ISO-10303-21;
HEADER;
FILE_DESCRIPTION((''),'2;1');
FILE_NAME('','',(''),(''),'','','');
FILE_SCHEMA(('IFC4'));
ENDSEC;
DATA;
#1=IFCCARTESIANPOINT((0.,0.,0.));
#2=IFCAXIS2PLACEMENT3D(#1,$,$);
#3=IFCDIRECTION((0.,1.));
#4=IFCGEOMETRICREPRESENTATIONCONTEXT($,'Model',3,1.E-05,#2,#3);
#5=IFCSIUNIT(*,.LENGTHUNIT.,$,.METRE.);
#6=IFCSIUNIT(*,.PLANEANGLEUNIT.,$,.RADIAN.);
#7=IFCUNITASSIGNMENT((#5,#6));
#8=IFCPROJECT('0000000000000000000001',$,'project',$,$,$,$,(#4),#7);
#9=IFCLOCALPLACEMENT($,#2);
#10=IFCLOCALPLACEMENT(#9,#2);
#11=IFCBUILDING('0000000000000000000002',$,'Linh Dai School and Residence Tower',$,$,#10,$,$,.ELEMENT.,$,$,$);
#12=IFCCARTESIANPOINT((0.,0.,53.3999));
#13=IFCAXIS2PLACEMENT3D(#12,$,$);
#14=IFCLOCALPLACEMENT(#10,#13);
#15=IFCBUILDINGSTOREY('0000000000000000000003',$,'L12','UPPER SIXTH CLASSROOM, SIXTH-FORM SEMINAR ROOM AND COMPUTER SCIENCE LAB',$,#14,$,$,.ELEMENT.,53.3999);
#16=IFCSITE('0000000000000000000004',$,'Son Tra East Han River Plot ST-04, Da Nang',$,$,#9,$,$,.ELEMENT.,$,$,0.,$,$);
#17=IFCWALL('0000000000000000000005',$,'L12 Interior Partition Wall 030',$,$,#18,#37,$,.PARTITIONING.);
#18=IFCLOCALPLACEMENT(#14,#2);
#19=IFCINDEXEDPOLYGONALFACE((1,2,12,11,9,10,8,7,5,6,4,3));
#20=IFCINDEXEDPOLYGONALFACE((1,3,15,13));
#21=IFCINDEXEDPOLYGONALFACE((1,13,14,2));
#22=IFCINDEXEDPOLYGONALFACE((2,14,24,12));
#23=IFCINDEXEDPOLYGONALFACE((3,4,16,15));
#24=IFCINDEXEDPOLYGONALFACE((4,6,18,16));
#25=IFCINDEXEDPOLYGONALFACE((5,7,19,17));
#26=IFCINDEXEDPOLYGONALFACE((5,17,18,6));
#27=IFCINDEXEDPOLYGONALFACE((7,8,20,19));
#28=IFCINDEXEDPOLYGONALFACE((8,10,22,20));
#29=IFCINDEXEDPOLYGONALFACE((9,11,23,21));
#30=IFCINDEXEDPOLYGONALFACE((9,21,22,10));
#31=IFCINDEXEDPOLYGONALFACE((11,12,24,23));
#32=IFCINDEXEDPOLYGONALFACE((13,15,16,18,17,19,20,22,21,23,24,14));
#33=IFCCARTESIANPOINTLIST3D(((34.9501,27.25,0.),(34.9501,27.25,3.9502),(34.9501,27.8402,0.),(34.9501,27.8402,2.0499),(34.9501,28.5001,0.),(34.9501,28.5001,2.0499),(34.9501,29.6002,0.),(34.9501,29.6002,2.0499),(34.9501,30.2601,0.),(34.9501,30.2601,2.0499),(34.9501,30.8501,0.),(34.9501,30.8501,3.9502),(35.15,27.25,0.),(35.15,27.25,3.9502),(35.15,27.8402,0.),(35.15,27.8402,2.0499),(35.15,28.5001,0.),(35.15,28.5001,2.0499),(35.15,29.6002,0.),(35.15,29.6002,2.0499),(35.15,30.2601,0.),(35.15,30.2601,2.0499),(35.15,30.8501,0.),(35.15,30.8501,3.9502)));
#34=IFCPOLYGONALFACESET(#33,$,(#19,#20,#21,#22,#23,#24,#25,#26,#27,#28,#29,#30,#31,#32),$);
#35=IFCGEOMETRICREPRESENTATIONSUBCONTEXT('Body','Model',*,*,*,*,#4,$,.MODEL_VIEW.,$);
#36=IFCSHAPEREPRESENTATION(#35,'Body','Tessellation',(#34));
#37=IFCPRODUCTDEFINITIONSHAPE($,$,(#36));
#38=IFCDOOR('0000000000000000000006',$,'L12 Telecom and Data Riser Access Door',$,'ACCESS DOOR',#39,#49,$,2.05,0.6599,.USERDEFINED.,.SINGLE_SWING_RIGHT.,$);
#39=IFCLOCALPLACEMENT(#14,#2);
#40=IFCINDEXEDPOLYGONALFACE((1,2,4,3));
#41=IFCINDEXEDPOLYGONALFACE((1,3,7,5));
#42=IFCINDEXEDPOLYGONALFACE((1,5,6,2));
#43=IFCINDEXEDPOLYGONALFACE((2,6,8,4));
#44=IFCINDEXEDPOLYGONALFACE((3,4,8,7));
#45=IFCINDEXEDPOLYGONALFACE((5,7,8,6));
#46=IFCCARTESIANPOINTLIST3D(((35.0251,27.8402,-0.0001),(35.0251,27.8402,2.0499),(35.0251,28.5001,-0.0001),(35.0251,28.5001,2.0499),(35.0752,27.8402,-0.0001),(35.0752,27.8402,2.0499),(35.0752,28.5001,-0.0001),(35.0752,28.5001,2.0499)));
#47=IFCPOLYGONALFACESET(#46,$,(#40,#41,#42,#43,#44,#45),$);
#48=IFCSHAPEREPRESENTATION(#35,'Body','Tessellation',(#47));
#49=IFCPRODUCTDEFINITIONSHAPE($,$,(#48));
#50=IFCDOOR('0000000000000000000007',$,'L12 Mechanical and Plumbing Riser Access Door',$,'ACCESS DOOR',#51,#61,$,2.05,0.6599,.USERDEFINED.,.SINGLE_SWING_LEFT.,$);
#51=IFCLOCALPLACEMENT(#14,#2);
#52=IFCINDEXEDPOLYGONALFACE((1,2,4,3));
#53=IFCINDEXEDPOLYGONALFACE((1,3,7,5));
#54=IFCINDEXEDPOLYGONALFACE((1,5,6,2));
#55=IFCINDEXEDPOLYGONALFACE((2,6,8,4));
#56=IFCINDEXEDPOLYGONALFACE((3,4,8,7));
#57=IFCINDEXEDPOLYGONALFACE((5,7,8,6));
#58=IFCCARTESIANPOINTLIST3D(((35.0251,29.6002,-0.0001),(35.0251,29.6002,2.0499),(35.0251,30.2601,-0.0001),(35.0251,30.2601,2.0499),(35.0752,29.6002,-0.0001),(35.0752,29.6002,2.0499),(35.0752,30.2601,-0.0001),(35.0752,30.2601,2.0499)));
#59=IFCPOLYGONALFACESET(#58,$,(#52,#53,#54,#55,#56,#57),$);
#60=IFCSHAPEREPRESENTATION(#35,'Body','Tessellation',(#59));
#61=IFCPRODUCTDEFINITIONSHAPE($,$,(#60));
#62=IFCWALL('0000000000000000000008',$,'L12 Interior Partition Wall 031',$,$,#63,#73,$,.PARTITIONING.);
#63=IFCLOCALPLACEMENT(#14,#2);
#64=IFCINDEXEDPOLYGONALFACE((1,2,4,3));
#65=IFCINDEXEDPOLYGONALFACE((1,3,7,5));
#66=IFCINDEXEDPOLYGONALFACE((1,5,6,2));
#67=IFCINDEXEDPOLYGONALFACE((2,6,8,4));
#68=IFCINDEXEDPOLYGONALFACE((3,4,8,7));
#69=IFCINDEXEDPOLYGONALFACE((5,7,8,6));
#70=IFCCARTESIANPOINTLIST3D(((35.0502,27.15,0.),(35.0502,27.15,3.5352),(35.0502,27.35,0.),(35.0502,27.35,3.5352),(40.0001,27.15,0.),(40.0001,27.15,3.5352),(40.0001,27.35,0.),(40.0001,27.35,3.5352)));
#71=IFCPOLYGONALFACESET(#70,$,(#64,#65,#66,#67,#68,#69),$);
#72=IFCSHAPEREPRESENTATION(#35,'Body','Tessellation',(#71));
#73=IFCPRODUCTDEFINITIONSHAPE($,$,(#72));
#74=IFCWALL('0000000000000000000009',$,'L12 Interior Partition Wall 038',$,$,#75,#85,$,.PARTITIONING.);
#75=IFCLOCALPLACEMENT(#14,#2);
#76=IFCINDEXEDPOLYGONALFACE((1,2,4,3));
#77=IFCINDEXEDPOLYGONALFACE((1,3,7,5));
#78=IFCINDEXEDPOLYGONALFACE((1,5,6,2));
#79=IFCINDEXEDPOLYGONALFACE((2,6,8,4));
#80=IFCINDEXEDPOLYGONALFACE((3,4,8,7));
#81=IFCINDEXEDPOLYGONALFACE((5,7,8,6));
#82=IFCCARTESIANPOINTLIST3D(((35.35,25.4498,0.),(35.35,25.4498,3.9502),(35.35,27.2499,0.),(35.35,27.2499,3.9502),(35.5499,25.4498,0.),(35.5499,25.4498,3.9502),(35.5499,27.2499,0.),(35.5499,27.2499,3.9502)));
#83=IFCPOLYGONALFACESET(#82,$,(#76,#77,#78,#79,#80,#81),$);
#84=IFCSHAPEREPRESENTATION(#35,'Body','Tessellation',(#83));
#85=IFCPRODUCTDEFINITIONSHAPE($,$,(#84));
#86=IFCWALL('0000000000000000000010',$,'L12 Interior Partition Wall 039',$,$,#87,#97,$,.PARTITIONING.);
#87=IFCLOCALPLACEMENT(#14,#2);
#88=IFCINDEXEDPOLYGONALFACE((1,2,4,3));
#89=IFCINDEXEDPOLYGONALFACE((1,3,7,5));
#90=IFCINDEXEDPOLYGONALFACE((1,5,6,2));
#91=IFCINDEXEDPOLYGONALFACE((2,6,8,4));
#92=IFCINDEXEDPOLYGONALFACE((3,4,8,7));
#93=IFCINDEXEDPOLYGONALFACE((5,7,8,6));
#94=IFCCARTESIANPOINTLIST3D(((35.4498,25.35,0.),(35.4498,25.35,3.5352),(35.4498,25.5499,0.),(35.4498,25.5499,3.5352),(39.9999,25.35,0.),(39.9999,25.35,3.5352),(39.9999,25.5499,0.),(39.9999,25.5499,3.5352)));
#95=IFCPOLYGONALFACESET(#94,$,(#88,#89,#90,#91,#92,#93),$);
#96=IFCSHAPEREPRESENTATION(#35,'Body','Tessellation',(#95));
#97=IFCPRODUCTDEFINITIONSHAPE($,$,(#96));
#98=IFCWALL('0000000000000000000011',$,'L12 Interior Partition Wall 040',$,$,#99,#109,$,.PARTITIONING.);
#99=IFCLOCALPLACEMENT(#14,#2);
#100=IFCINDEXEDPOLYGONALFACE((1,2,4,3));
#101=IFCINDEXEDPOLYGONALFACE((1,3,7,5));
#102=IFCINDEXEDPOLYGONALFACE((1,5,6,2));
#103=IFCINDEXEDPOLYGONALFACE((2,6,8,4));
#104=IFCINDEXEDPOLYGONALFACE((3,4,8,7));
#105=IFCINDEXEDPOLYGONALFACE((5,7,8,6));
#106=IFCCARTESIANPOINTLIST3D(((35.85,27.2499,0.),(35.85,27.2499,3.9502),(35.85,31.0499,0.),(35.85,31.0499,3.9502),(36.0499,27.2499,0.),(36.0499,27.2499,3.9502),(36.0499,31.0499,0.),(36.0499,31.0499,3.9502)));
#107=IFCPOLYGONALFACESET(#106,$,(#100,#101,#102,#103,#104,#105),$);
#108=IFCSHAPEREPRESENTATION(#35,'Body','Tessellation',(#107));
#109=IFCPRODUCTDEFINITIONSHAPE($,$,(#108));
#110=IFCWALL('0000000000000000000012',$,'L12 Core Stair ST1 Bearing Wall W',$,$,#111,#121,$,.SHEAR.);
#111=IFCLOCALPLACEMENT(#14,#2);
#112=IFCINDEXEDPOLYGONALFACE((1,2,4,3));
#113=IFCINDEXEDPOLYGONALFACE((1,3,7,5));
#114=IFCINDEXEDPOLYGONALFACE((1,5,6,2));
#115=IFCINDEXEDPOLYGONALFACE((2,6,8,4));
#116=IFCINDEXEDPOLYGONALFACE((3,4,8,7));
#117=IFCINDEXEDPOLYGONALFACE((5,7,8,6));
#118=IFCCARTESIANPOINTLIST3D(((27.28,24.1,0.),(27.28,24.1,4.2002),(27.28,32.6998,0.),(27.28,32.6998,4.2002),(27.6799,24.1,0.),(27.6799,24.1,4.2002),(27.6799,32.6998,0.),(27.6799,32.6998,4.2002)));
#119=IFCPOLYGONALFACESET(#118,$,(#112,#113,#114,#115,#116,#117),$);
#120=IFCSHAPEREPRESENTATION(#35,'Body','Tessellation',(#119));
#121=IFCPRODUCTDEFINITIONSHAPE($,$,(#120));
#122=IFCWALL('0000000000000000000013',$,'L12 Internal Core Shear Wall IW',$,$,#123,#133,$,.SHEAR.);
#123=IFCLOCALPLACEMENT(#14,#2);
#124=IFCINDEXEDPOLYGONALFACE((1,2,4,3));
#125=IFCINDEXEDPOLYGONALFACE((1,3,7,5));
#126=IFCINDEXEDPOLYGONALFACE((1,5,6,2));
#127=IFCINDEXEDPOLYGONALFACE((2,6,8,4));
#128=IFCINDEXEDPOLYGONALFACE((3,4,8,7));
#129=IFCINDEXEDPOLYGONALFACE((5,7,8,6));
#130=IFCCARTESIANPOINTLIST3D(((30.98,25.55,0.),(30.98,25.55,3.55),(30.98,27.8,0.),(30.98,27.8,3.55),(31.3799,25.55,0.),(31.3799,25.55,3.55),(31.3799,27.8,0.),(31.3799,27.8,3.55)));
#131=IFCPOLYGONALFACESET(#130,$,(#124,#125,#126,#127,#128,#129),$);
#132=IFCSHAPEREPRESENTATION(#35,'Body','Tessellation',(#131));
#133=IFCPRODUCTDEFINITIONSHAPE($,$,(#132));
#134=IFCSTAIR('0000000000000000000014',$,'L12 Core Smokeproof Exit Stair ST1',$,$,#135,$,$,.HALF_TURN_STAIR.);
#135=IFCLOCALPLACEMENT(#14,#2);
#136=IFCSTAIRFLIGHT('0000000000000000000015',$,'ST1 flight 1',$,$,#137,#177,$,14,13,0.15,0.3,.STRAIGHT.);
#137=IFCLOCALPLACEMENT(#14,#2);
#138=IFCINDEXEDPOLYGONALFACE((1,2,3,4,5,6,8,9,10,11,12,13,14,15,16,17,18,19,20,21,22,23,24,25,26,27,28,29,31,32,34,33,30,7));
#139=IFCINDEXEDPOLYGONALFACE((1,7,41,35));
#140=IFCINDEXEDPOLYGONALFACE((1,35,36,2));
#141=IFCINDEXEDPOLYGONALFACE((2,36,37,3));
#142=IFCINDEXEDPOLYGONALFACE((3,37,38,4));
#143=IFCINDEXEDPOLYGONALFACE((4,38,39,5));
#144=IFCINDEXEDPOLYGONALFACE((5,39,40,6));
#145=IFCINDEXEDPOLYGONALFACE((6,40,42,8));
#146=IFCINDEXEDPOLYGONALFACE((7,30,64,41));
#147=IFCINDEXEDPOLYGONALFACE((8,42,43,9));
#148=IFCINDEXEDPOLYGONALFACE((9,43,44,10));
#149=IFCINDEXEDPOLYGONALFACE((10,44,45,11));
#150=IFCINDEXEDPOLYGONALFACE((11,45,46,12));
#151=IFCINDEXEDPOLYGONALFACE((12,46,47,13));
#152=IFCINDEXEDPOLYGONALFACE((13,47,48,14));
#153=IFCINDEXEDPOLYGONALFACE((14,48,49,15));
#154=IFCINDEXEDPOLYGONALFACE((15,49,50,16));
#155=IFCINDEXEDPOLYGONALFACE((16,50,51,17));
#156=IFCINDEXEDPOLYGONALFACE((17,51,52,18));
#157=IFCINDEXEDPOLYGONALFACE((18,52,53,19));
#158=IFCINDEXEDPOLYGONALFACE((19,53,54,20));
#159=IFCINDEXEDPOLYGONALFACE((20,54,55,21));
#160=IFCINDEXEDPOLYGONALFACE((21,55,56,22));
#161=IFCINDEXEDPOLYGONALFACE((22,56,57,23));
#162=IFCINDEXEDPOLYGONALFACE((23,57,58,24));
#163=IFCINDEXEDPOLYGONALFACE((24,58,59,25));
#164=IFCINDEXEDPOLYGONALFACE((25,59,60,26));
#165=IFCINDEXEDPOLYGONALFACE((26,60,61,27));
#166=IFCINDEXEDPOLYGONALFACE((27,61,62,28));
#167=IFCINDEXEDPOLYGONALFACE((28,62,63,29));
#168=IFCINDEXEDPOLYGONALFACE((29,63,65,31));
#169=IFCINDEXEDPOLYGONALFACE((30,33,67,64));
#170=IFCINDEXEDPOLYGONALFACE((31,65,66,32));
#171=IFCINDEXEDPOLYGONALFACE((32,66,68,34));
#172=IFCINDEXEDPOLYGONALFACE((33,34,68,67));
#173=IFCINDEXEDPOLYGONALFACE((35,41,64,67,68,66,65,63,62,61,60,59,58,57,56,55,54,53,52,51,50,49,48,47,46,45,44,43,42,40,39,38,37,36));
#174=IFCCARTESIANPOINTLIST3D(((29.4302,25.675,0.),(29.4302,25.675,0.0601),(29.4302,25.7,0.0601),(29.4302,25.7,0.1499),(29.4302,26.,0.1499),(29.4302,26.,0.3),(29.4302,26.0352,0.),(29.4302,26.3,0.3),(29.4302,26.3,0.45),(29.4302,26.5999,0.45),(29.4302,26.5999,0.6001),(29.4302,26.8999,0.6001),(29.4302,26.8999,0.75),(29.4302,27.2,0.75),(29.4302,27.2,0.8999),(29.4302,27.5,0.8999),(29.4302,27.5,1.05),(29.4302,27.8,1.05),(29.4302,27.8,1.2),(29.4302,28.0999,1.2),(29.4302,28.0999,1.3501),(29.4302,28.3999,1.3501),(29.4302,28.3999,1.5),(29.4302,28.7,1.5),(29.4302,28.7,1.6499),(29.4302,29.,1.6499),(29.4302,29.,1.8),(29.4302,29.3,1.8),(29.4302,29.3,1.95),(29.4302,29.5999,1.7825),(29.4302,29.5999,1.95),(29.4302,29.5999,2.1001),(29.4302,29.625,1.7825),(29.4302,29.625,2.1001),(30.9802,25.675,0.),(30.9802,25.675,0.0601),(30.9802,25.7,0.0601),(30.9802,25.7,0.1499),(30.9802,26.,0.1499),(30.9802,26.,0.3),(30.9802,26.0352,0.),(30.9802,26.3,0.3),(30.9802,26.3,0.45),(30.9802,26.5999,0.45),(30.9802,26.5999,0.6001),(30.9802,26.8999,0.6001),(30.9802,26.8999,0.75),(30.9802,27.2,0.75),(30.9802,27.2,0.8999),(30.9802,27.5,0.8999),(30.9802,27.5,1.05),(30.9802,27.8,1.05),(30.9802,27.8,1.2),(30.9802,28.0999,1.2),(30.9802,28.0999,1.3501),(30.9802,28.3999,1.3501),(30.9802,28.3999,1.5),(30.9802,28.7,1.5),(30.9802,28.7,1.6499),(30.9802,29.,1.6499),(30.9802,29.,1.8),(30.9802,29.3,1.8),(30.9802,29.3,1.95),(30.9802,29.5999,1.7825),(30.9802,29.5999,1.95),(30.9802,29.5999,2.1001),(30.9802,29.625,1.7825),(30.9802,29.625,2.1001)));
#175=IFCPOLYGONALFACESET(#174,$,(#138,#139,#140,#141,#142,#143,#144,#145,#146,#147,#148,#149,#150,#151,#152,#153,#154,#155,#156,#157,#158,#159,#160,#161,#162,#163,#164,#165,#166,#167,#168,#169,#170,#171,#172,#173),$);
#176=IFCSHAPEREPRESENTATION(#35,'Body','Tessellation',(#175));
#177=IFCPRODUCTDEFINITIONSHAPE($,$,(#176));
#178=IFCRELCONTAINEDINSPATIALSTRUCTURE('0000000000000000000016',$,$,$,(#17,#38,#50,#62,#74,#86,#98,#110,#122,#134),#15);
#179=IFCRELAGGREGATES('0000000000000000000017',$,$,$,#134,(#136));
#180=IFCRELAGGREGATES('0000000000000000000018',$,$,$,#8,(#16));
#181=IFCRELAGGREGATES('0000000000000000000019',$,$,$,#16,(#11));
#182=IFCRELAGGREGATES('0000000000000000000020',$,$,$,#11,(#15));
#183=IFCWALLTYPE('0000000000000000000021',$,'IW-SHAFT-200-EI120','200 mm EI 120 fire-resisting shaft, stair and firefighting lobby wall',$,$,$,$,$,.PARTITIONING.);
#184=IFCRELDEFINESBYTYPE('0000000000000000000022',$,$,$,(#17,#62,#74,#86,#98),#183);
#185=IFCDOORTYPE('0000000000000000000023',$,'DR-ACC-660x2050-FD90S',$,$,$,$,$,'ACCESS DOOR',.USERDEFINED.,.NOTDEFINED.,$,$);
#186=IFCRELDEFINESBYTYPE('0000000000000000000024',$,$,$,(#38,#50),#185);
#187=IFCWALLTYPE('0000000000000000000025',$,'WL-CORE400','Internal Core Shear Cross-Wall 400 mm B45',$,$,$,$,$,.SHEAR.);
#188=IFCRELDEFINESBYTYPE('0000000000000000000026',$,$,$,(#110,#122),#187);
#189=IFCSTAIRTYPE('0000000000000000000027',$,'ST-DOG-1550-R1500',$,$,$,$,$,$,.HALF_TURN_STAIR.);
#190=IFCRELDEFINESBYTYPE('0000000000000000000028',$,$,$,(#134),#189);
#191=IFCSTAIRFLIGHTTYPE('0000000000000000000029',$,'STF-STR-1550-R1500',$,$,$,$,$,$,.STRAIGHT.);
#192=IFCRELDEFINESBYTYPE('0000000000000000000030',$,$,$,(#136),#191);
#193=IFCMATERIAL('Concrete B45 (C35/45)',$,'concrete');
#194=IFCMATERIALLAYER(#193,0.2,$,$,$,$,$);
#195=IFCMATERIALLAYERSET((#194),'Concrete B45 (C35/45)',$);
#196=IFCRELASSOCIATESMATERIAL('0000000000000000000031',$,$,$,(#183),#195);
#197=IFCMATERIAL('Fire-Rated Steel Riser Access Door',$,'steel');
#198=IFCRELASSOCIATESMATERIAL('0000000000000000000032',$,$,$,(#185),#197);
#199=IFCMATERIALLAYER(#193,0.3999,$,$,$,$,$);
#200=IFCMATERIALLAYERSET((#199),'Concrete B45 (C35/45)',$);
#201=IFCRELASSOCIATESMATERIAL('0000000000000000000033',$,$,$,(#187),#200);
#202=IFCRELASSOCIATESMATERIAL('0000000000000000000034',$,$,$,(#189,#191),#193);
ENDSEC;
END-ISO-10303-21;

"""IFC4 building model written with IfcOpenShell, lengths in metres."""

from ifc_helpers import new_model, si_unit, direction, frame, frame_2d, origin, origin_2d, place, context, subcontext, project, spatial, polyline, rectangle, outline, extrude, source, transform, mapped, material, layer, layer_set, type_object, element, fill, aggregate, save


model = new_model("IFC4")

# Units and contexts
model_context = context("Model", 3, precision=1e-05, world=origin(), true_north=direction((0.0, 1.0)))
body_context = subcontext(model_context, "Body", "Model", "MODEL_VIEW")
ifc_project = project(units=[si_unit("LENGTHUNIT", "METRE"), si_unit("PLANEANGLEUNIT", "RADIAN")], contexts=[model_context])

# Site, building, storey
site_placement = place(None, origin())
site = spatial("IfcSite", under=ifc_project, at=site_placement, Name="Son Tra East Han River Plot ST-04, Da Nang", CompositionType="ELEMENT", RefElevation=0.0)
building_placement = place(site_placement, origin())
building = spatial("IfcBuilding", under=site, at=building_placement, Name="Linh Dai School and Residence Tower", CompositionType="ELEMENT")
storey_placement = place(building_placement, frame((0.0, 0.0, 53.3999)))
storey = spatial("IfcBuildingStorey", under=building, at=storey_placement, Name="L12", Description="UPPER SIXTH CLASSROOM, SIXTH-FORM SEMINAR ROOM AND COMPUTER SCIENCE LAB", CompositionType="ELEMENT", Elevation=53.3999)

# Shared definitions
ifc_material_1 = material(Name="Concrete B45 (C35/45)", Category="concrete")
ifc_layer_1 = layer(ifc_material_1, 0.2)
ifc_layer_set_1 = layer_set([ifc_layer_1], Name="Concrete B45 (C35/45)")
wall_type_1 = type_object("IfcWallType", Name="IW-SHAFT-200-EI120", Description="200 mm EI 120 fire-resisting shaft, stair and firefighting lobby wall", PredefinedType="PARTITIONING", material=ifc_layer_set_1)

# Wall, openings, doors
wall_1_placement = place(storey_placement, frame((35.05, 27.25, 0.0), z_axis=(0.0, 0.0, 1.0), x_axis=(0.0, 1.0, 0.0)))
wall_1 = element("IfcWall", 1, at=wall_1_placement, inside=storey, type_object=wall_type_1, Name="L12 Interior Partition Wall 030", PredefinedType="PARTITIONING", context=body_context, shape_type="SweptSolid", body=[
    extrude(rectangle(XDim=3.6001, YDim=0.2, at=frame_2d((1.8, 0.0))), origin(), (0.0, 0.0, 1.0), 3.9502),
])
opening_1_placement = place(wall_1_placement, frame((0.5901, 0.0, 0.0)))
opening_1 = element("IfcOpeningElement", 2, at=opening_1_placement, cuts=wall_1, PredefinedType="OPENING", context=body_context, shape_type="SweptSolid", body=[
    extrude(rectangle(XDim=0.6599, YDim=2.05, at=origin_2d()), frame((0.3301, 0.1099, 1.0249), z_axis=(0.0, -1.0, 0.0), x_axis=(1.0, 0.0, 0.0)), (0.0, 0.0, 1.0), 0.22),
])
opening_2_placement = place(wall_1_placement, frame((2.3501, 0.0, 0.0)))
opening_2 = element("IfcOpeningElement", 3, at=opening_2_placement, cuts=wall_1, PredefinedType="OPENING", context=body_context, shape_type="SweptSolid", body=[
    extrude(rectangle(XDim=0.6599, YDim=2.05, at=origin_2d()), frame((0.3301, 0.1099, 1.0249), z_axis=(0.0, -1.0, 0.0), x_axis=(1.0, 0.0, 0.0)), (0.0, 0.0, 1.0), 0.22),
])
ifc_material_2 = material(Name="Fire-Rated Steel Riser Access Door", Category="steel")
door_type_1 = type_object("IfcDoorType", Name="DR-ACC-660x2050-FD90S", ElementType="ACCESS DOOR", OperationType="NOTDEFINED", PredefinedType="USERDEFINED", material=ifc_material_2)
shared_shape_1 = source(origin(), body_context, "Body", "SweptSolid", [
    extrude(rectangle(XDim=0.6599, YDim=2.05, at=origin_2d()), frame((0.3301, 0.0249, 1.0249), z_axis=(0.0, -1.0, 0.0), x_axis=(1.0, 0.0, 0.0)), (0.0, 0.0, 1.0), 0.05),
])
door_1_placement = place(opening_1_placement, origin())
door_1 = element("IfcDoor", 4, at=door_1_placement, inside=storey, type_object=door_type_1, Name="L12 Telecom and Data Riser Access Door", ObjectType="ACCESS DOOR", OperationType="SINGLE_SWING_RIGHT", OverallHeight=2.05, OverallWidth=0.6599, PredefinedType="USERDEFINED", context=body_context, shape_type="MappedRepresentation", body=[
    mapped(shared_shape_1, transform((0.0, 0.0, 0.0), x_axis=(1.0, 0.0, 0.0), y_axis=(0.0, 1.0, 0.0), z_axis=(0.0, 0.0, 1.0), scale=1.0)),
])
fill(opening_1, door_1)
door_2_placement = place(opening_2_placement, origin())
door_2 = element("IfcDoor", 5, at=door_2_placement, inside=storey, type_object=door_type_1, Name="L12 Mechanical and Plumbing Riser Access Door", ObjectType="ACCESS DOOR", OperationType="SINGLE_SWING_LEFT", OverallHeight=2.05, OverallWidth=0.6599, PredefinedType="USERDEFINED", context=body_context, shape_type="MappedRepresentation", body=[
    mapped(shared_shape_1, transform((0.0, 0.0, 0.0), x_axis=(1.0, 0.0, 0.0), y_axis=(0.0, 1.0, 0.0), z_axis=(0.0, 0.0, 1.0), scale=1.0)),
])
fill(opening_2, door_2)

# Walls
wall_2_placement = place(storey_placement, frame((35.05, 27.25, 0.0), z_axis=(0.0, 0.0, 1.0), x_axis=(1.0, 0.0, 0.0)))
element("IfcWall", 6, at=wall_2_placement, inside=storey, type_object=wall_type_1, Name="L12 Interior Partition Wall 031", PredefinedType="PARTITIONING", context=body_context, shape_type="SweptSolid", body=[
    extrude(rectangle(XDim=4.95, YDim=0.2, at=frame_2d((2.4751, 0.0))), origin(), (0.0, 0.0, 1.0), 3.5352),
])
wall_3_placement = place(storey_placement, frame((35.45, 25.45, 0.0), z_axis=(0.0, 0.0, 1.0), x_axis=(0.0, 1.0, 0.0)))
element("IfcWall", 7, at=wall_3_placement, inside=storey, type_object=wall_type_1, Name="L12 Interior Partition Wall 038", PredefinedType="PARTITIONING", context=body_context, shape_type="SweptSolid", body=[
    extrude(rectangle(XDim=1.8, YDim=0.2, at=frame_2d((0.8999, 0.0))), origin(), (0.0, 0.0, 1.0), 3.9502),
])
wall_4_placement = place(storey_placement, frame((35.45, 25.45, 0.0), z_axis=(0.0, 0.0, 1.0), x_axis=(1.0, 0.0, 0.0)))
element("IfcWall", 8, at=wall_4_placement, inside=storey, type_object=wall_type_1, Name="L12 Interior Partition Wall 039", PredefinedType="PARTITIONING", context=body_context, shape_type="SweptSolid", body=[
    extrude(rectangle(XDim=4.55, YDim=0.2, at=frame_2d((2.2749, 0.0))), origin(), (0.0, 0.0, 1.0), 3.5352),
])
wall_5_placement = place(storey_placement, frame((35.95, 27.25, 0.0), z_axis=(0.0, 0.0, 1.0), x_axis=(0.0, 1.0, 0.0)))
element("IfcWall", 9, at=wall_5_placement, inside=storey, type_object=wall_type_1, Name="L12 Interior Partition Wall 040", PredefinedType="PARTITIONING", context=body_context, shape_type="SweptSolid", body=[
    extrude(rectangle(XDim=3.8, YDim=0.2, at=frame_2d((1.8999, 0.0))), origin(), (0.0, 0.0, 1.0), 3.9502),
])
ifc_layer_2 = layer(ifc_material_1, 0.3999)
ifc_layer_set_2 = layer_set([ifc_layer_2], Name="Concrete B45 (C35/45)")
wall_type_2 = type_object("IfcWallType", Name="WL-CORE400", Description="Internal Core Shear Cross-Wall 400 mm B45", PredefinedType="SHEAR", material=ifc_layer_set_2)
wall_6_placement = place(storey_placement, frame((27.48, 24.1001, 0.0), z_axis=(0.0, 0.0, 1.0), x_axis=(0.0, 1.0, 0.0)))
element("IfcWall", 10, at=wall_6_placement, inside=storey, type_object=wall_type_2, Name="L12 Core Stair ST1 Bearing Wall W", PredefinedType="SHEAR", context=body_context, shape_type="SweptSolid", body=[
    extrude(rectangle(XDim=8.5999, YDim=0.3999, at=frame_2d((4.2998, 0.0))), origin(), (0.0, 0.0, 1.0), 4.2002),
])
wall_7_placement = place(storey_placement, frame((31.1799, 25.55, 0.0), z_axis=(0.0, 0.0, 1.0), x_axis=(0.0, 1.0, 0.0)))
element("IfcWall", 11, at=wall_7_placement, inside=storey, type_object=wall_type_2, Name="L12 Internal Core Shear Wall IW", PredefinedType="SHEAR", context=body_context, shape_type="SweptSolid", body=[
    extrude(rectangle(XDim=2.25, YDim=0.3999, at=frame_2d((1.125, 0.0))), origin(), (0.0, 0.0, 1.0), 3.55),
])

# Stair, stair flight
stair_type = type_object("IfcStairType", Name="ST-DOG-1550-R1500", PredefinedType="HALF_TURN_STAIR", material=ifc_material_1)
stair_placement = place(storey_placement, origin())
stair = element("IfcStair", 12, at=stair_placement, inside=storey, type_object=stair_type, Name="L12 Core Smokeproof Exit Stair ST1", PredefinedType="HALF_TURN_STAIR")
stair_flight_type = type_object("IfcStairFlightType", Name="STF-STR-1550-R1500", PredefinedType="STRAIGHT", material=ifc_material_1)
shared_shape_2 = source(origin(), body_context, "Body", "SweptSolid", [
    extrude(outline(polyline([(-0.0249, 0.0), (-0.0249, 0.0601), (0.0, 0.0601), (0.0, 0.1499), (0.3, 0.1499), (0.3, 0.3), (0.6001, 0.3), (0.6001, 0.45), (0.8999, 0.45), (0.8999, 0.6001), (1.2, 0.6001), (1.2, 0.75), (1.5, 0.75), (1.5, 0.8999), (1.8, 0.8999), (1.8, 1.05), (2.1001, 1.05), (2.1001, 1.2), (2.3999, 1.2), (2.3999, 1.3501), (2.7, 1.3501), (2.7, 1.5), (3.0, 1.5), (3.0, 1.6499), (3.3, 1.6499), (3.3, 1.8), (3.6001, 1.8), (3.6001, 1.95), (3.8999, 1.95), (3.8999, 2.1001), (3.925, 2.1001), (3.925, 1.7825), (3.8999, 1.7825), (0.3352, 0.0), (-0.0249, 0.0)])), frame((0.0, 0.7749, 0.0), z_axis=(0.0, -1.0, 0.0), x_axis=(1.0, 0.0, 0.0)), (0.0, 0.0, 1.0), 1.55),
])
stair_flight_placement = place(storey_placement, frame((30.2051, 25.7, 0.0), z_axis=(0.0, 0.0, 1.0), x_axis=(0.0, 1.0, 0.0)))
stair_flight = element("IfcStairFlight", 13, at=stair_flight_placement, type_object=stair_flight_type, Name="ST1 flight 1", NumberOfRisers=14, NumberOfTreads=13, PredefinedType="STRAIGHT", RiserHeight=0.15, TreadLength=0.3, context=body_context, shape_type="MappedRepresentation", body=[
    mapped(shared_shape_2, transform((0.0, 0.0, 0.0), x_axis=(1.0, 0.0, 0.0), y_axis=(0.0, 1.0, 0.0), z_axis=(0.0, 0.0, 1.0), scale=1.0)),
])
aggregate(stair, [stair_flight])

save(model, "model.ifc")
